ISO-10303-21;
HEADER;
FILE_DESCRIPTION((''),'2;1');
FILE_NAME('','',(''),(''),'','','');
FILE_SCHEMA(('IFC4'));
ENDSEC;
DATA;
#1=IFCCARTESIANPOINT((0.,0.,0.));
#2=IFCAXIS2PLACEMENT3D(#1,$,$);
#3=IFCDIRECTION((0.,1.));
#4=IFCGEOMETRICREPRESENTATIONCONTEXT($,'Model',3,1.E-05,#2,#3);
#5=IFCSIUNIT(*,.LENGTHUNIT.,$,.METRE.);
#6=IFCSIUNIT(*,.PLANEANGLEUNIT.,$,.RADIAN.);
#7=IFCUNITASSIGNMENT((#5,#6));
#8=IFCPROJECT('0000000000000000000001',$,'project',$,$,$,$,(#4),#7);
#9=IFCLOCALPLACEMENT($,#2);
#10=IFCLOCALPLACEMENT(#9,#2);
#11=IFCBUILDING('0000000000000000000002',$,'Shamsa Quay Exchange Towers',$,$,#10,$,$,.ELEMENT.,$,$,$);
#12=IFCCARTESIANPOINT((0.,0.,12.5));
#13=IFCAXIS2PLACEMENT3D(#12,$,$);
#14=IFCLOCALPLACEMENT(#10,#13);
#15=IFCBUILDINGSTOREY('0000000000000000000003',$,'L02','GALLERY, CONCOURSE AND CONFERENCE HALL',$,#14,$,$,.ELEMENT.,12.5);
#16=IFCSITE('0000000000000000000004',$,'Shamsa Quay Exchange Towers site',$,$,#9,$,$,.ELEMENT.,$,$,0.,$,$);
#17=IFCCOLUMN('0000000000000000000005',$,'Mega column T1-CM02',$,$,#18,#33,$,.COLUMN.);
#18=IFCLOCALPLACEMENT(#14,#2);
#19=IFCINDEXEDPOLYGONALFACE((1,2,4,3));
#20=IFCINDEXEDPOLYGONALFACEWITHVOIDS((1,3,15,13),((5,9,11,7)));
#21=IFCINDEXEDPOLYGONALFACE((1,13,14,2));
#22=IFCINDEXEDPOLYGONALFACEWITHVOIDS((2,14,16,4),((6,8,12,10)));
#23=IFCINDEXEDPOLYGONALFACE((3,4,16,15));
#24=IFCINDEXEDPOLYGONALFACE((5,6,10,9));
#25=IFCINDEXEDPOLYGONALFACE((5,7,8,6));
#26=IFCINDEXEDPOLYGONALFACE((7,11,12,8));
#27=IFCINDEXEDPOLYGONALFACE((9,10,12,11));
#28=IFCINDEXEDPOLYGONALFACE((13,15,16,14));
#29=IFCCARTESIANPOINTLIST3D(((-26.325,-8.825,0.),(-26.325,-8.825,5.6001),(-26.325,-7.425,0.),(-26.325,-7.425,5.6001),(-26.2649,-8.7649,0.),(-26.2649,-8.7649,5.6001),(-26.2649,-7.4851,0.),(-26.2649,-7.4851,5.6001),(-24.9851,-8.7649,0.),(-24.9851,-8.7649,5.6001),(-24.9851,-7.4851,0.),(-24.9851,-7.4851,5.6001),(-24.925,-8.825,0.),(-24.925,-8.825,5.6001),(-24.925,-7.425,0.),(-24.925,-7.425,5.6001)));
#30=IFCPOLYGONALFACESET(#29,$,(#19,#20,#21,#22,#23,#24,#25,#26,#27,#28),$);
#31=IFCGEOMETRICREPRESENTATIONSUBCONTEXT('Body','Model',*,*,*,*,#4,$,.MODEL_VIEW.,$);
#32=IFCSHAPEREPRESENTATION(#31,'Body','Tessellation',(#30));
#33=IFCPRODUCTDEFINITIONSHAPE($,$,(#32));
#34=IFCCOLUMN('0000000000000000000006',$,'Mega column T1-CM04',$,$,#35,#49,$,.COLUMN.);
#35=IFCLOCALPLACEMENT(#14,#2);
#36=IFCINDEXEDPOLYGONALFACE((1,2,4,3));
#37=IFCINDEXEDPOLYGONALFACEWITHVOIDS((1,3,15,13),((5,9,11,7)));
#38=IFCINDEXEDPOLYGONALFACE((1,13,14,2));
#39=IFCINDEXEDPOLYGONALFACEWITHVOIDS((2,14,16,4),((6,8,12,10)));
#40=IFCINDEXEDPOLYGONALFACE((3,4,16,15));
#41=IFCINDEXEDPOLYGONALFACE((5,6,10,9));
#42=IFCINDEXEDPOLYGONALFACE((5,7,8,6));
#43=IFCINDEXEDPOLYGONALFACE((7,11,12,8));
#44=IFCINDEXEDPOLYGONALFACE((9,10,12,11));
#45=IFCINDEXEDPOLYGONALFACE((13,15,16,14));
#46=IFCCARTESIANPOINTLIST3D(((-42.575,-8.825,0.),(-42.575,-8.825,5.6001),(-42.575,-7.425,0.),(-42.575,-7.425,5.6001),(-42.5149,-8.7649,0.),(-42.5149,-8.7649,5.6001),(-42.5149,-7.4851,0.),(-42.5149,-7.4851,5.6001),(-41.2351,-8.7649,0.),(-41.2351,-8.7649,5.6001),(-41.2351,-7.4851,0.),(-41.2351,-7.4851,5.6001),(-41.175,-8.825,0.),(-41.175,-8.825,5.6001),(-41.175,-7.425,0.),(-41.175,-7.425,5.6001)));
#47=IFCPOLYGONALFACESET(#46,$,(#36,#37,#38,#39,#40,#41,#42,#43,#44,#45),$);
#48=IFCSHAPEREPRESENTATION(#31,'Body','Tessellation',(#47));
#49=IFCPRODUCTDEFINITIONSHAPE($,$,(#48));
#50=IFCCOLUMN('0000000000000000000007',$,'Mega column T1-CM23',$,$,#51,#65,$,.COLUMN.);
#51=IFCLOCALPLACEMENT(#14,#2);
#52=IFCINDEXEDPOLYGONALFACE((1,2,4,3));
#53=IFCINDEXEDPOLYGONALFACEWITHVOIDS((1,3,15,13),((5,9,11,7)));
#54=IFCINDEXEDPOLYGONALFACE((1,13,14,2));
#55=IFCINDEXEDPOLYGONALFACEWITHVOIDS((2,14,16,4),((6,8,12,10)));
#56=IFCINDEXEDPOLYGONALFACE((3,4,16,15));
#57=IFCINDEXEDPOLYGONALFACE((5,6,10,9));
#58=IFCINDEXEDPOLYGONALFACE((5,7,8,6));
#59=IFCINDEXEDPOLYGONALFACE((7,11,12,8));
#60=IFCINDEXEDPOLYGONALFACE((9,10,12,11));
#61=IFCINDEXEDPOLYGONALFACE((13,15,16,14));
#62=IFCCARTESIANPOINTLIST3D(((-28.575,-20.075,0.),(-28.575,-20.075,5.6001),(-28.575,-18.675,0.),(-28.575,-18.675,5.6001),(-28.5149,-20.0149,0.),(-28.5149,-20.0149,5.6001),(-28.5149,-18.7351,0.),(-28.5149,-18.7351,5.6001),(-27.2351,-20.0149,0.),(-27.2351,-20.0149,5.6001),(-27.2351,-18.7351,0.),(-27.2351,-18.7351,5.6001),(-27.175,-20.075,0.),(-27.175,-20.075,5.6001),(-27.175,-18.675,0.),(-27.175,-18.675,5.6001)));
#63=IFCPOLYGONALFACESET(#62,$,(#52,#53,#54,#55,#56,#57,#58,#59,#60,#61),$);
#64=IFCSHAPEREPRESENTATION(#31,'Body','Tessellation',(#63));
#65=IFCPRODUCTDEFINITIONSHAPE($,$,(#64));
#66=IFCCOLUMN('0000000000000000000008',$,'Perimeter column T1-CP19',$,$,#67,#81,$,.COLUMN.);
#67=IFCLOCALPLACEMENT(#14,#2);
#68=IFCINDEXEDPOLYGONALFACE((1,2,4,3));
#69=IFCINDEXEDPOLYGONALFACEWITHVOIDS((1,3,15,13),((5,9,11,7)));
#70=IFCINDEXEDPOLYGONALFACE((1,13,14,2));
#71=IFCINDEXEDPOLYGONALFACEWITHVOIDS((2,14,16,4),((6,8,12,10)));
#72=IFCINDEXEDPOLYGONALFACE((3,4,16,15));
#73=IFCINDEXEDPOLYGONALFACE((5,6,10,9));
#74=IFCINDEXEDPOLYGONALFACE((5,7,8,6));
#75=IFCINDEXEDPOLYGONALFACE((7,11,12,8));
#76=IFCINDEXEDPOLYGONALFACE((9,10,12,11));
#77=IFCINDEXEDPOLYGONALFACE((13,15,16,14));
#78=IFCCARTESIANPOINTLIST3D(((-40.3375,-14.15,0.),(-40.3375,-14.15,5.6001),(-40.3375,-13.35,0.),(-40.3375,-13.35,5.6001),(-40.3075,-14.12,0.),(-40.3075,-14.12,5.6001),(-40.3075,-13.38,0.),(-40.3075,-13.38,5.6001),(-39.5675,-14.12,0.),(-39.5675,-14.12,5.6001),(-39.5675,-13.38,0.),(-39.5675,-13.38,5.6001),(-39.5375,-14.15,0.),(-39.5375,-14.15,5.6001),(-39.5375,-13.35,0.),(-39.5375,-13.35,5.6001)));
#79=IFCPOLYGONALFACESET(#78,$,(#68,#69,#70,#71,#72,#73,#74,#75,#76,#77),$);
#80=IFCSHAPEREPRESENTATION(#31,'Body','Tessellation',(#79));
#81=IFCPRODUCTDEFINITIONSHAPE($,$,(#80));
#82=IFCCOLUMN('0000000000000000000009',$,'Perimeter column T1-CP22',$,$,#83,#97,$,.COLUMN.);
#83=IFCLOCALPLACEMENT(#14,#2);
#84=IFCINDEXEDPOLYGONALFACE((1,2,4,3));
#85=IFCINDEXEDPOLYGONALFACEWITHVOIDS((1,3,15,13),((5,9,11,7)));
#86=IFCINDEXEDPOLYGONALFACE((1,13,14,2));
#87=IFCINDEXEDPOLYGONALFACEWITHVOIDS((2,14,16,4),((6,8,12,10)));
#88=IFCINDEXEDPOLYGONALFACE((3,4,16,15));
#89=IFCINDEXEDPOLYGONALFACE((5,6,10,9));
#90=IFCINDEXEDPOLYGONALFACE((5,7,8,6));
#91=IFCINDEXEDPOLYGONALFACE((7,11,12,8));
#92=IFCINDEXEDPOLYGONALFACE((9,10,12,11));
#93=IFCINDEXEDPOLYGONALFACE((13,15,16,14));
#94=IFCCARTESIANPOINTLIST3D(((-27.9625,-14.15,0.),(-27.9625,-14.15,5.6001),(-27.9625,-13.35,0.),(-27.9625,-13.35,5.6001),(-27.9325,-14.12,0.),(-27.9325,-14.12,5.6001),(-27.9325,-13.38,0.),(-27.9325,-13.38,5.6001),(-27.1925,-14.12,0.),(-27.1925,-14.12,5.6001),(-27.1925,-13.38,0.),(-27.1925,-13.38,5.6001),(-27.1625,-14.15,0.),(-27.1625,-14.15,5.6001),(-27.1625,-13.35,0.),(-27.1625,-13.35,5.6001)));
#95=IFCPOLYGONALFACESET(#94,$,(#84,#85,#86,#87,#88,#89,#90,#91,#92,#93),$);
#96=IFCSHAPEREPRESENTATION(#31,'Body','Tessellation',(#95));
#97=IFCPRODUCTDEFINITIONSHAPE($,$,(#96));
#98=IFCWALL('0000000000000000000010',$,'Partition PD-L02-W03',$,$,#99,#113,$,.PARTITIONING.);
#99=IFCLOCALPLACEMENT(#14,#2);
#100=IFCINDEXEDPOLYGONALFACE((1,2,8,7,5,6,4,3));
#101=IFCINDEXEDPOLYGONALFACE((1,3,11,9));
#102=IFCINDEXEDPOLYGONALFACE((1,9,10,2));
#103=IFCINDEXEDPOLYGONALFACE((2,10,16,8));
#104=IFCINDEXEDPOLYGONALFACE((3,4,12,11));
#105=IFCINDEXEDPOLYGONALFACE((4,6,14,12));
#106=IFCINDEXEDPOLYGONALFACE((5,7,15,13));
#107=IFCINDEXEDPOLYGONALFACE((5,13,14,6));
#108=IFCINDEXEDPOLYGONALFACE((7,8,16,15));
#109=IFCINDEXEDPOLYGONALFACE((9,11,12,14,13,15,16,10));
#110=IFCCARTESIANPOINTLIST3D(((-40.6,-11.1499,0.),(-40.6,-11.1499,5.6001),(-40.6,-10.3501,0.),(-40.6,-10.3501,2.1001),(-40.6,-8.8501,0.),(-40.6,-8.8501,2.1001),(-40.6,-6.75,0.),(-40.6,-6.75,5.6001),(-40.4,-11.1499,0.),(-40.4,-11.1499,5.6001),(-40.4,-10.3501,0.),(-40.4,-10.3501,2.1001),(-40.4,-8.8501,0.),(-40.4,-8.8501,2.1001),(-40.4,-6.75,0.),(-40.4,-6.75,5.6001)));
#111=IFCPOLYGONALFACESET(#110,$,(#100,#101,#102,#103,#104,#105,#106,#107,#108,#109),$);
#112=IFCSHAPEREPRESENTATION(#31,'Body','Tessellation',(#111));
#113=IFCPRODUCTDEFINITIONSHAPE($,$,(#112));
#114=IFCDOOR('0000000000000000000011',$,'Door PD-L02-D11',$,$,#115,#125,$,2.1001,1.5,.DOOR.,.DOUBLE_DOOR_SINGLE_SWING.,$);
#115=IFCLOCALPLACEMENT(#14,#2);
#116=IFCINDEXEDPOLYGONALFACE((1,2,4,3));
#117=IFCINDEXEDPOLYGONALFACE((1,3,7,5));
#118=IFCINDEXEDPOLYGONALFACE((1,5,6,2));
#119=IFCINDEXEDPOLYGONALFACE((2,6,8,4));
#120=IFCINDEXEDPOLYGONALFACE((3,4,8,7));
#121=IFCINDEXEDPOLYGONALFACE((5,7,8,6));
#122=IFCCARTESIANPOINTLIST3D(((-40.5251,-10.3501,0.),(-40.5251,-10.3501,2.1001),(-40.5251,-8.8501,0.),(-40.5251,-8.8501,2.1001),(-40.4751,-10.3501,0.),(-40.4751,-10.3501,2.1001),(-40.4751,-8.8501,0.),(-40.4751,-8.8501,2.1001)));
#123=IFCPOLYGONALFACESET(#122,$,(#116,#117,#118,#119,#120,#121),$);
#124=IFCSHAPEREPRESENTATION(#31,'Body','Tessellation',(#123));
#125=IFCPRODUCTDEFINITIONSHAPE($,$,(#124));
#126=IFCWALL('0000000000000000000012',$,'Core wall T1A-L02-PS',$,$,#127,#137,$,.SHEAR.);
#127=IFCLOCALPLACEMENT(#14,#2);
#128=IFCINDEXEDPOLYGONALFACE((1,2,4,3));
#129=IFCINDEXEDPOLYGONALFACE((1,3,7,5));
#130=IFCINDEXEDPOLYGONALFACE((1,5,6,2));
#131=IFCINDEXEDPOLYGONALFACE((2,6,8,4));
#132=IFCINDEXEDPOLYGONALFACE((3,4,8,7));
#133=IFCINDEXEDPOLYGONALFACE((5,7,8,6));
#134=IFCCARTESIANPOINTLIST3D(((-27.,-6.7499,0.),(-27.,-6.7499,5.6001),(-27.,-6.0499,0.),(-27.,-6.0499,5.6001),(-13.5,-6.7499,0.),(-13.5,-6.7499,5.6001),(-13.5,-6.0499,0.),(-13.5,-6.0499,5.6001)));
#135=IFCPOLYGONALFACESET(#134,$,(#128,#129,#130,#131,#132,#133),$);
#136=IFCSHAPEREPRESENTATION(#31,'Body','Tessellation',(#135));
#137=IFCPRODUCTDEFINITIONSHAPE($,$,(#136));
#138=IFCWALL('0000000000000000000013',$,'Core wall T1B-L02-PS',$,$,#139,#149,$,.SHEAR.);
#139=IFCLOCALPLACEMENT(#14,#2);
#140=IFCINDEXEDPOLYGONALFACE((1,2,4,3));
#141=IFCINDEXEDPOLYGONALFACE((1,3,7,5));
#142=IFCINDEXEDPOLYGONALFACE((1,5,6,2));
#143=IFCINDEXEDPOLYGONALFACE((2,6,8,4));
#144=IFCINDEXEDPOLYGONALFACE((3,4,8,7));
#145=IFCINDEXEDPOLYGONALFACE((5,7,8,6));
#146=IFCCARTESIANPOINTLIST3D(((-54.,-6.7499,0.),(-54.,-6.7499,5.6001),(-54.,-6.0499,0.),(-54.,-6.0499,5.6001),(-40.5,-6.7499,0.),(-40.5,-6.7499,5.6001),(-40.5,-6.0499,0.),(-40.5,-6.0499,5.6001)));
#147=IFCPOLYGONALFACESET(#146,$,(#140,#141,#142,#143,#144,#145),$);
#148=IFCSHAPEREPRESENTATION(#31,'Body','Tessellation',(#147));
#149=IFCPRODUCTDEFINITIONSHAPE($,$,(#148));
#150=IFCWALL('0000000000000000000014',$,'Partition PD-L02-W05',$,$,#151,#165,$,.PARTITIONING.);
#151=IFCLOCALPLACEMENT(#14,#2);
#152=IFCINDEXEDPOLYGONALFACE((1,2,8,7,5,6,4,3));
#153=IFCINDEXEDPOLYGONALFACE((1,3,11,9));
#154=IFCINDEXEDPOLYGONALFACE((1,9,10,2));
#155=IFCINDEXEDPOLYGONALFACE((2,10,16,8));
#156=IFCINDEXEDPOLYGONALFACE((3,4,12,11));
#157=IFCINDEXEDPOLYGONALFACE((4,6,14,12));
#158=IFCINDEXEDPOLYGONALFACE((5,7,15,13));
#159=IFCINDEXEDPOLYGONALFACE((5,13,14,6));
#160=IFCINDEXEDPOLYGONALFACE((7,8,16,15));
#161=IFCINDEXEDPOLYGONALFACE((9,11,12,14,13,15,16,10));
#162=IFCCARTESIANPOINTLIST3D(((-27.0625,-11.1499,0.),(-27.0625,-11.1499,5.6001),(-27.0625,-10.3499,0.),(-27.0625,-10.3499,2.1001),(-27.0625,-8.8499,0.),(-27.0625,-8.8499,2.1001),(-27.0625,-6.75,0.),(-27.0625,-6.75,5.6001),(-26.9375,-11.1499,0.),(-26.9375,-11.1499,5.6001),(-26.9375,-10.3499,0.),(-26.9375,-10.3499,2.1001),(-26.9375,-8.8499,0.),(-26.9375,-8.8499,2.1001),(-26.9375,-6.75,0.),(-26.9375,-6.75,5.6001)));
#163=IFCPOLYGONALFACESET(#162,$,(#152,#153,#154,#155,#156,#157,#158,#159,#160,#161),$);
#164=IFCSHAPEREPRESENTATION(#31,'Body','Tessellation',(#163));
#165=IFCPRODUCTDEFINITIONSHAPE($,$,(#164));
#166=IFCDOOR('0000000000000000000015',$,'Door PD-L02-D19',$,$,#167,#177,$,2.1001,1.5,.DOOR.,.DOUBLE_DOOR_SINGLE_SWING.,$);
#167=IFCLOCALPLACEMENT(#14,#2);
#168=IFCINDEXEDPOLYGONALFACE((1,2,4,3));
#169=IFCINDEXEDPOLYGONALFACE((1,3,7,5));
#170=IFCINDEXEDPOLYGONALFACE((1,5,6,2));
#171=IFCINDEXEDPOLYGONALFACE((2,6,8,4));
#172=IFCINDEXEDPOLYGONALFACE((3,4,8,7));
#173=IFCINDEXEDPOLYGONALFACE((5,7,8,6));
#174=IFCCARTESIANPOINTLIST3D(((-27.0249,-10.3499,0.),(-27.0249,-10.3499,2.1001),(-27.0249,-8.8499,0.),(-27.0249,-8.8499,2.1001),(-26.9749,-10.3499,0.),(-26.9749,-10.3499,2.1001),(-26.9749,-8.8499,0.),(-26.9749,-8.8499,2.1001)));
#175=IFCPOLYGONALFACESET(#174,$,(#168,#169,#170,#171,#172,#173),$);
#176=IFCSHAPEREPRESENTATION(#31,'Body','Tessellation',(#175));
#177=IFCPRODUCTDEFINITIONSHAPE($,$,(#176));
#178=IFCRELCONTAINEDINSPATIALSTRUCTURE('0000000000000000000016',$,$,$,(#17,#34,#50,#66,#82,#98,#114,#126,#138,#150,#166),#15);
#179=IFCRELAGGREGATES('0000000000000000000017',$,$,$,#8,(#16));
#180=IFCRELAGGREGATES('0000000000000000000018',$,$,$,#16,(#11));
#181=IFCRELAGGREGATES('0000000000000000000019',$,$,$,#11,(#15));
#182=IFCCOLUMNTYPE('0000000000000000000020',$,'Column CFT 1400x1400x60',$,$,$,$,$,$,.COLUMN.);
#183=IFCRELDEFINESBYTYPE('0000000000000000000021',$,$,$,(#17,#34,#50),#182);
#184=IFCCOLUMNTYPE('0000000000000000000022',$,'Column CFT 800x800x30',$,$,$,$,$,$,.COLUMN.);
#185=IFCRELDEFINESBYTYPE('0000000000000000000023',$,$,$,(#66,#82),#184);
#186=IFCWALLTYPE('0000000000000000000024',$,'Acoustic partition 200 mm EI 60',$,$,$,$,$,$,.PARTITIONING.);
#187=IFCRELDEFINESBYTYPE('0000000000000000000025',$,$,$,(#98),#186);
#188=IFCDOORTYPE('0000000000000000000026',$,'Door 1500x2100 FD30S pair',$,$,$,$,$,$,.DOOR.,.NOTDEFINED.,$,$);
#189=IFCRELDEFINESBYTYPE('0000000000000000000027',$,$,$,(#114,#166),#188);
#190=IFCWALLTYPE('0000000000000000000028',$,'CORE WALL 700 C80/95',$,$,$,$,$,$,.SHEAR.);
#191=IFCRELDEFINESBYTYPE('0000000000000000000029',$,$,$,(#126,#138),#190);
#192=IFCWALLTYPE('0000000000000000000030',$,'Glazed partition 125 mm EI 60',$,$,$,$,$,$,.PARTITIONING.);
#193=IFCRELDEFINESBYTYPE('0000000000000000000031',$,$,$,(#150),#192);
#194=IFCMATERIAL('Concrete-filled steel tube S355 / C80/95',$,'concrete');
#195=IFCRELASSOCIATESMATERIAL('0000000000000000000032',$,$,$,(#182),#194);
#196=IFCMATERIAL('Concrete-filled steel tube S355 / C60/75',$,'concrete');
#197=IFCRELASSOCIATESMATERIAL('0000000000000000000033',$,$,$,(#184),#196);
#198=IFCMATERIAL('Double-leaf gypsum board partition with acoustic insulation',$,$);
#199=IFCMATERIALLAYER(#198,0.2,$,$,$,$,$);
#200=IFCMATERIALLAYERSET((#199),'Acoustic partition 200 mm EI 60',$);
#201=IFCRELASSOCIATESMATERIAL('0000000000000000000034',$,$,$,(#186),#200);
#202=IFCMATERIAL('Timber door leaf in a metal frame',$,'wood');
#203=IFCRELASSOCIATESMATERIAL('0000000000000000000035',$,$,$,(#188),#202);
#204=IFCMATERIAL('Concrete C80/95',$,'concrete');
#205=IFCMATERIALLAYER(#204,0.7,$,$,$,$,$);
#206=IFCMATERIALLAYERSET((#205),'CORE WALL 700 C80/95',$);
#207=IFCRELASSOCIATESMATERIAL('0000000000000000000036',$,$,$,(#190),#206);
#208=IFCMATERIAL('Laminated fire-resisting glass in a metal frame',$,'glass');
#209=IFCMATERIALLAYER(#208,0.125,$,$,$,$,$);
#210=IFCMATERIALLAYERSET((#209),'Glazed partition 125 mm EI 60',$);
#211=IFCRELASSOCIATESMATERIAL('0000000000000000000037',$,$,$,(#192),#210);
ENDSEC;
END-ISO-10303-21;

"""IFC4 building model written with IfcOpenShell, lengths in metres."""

from ifc_helpers import new_model, si_unit, direction, frame, frame_2d, origin, origin_2d, place, context, subcontext, project, spatial, rectangle, hollow_rectangle, extrude, material, layer, layer_set, material_profile, profile_set, type_object, element, fill, save


model = new_model("IFC4")

# Units and contexts
model_context = context("Model", 3, precision=1e-05, world=origin(), true_north=direction((0.0, 1.0)))
body_context = subcontext(model_context, "Body", "Model", "MODEL_VIEW")
ifc_project = project(units=[si_unit("LENGTHUNIT", "METRE"), si_unit("PLANEANGLEUNIT", "RADIAN")], contexts=[model_context])

# Site, building, storey
site_placement = place(None, origin())
site = spatial("IfcSite", under=ifc_project, at=site_placement, Name="Shamsa Quay Exchange Towers site", CompositionType="ELEMENT", RefElevation=0.0)
building_placement = place(site_placement, origin())
building = spatial("IfcBuilding", under=site, at=building_placement, Name="Shamsa Quay Exchange Towers", CompositionType="ELEMENT")
storey_placement = place(building_placement, frame((0.0, 0.0, 12.5)))
storey = spatial("IfcBuildingStorey", under=building, at=storey_placement, Name="L02", Description="GALLERY, CONCOURSE AND CONFERENCE HALL", CompositionType="ELEMENT", Elevation=12.5)

# Columns
ifc_material_1 = material(Name="Concrete-filled steel tube S355 / C80/95", Category="concrete")
ifc_material_profile_1 = material_profile(ifc_material_1, hollow_rectangle(XDim=1.3999, YDim=1.3999, WallThickness=0.0601, at=origin_2d()), Name="CFT 1400x1400x60")
ifc_profile_set_1 = profile_set([ifc_material_profile_1], Name="Concrete-filled steel tube S355 / C80/95")
column_type_1 = type_object("IfcColumnType", Name="Column CFT 1400x1400x60", PredefinedType="COLUMN", material=ifc_profile_set_1)
for number, where, name in (
    (1, (-25.625, -8.125, 0.0), "Mega column T1-CM02"),
    (2, (-41.875, -8.125, 0.0), "Mega column T1-CM04"),
    (3, (-27.875, -19.375, 0.0), "Mega column T1-CM23"),
):
    element("IfcColumn", number, at=place(storey_placement, frame(where)), inside=storey, type_object=column_type_1, Name=name, PredefinedType="COLUMN", context=body_context, shape_type="SweptSolid", body=[
        extrude(hollow_rectangle(XDim=1.3999, YDim=1.3999, WallThickness=0.0601, at=origin_2d()), origin(), (0.0, 0.0, 1.0), 5.6001),
    ])
ifc_material_2 = material(Name="Concrete-filled steel tube S355 / C60/75", Category="concrete")
ifc_material_profile_2 = material_profile(ifc_material_2, hollow_rectangle(XDim=0.8, YDim=0.8, WallThickness=0.03, at=origin_2d()), Name="CFT 800x800x30")
ifc_profile_set_2 = profile_set([ifc_material_profile_2], Name="Concrete-filled steel tube S355 / C60/75")
column_type_2 = type_object("IfcColumnType", Name="Column CFT 800x800x30", PredefinedType="COLUMN", material=ifc_profile_set_2)
for number, where, name in (
    (4, (-39.9375, -13.75, 0.0), "Perimeter column T1-CP19"),
    (5, (-27.5625, -13.75, 0.0), "Perimeter column T1-CP22"),
):
    element("IfcColumn", number, at=place(storey_placement, frame(where)), inside=storey, type_object=column_type_2, Name=name, PredefinedType="COLUMN", context=body_context, shape_type="SweptSolid", body=[
        extrude(hollow_rectangle(XDim=0.8, YDim=0.8, WallThickness=0.03, at=origin_2d()), origin(), (0.0, 0.0, 1.0), 5.6001),
    ])

# Wall, opening, door
ifc_material_3 = material(Name="Double-leaf gypsum board partition with acoustic insulation")
ifc_layer_1 = layer(ifc_material_3, 0.2)
ifc_layer_set_1 = layer_set([ifc_layer_1], Name="Acoustic partition 200 mm EI 60")
wall_type_1 = type_object("IfcWallType", Name="Acoustic partition 200 mm EI 60", PredefinedType="PARTITIONING", material=ifc_layer_set_1)
wall_1_placement = place(storey_placement, frame((-40.5, -6.75, 0.0), z_axis=(0.0, 0.0, 1.0), x_axis=(0.0, -1.0, 0.0)))
wall_1 = element("IfcWall", 6, at=wall_1_placement, inside=storey, type_object=wall_type_1, Name="Partition PD-L02-W03", PredefinedType="PARTITIONING", context=body_context, shape_type="SweptSolid", body=[
    extrude(rectangle(XDim=4.3999, YDim=0.2, at=frame_2d((2.2, 0.0))), origin(), (0.0, 0.0, 1.0), 5.6001),
])
opening_1_placement = place(wall_1_placement, frame((2.1001, 0.0, 0.0)))
opening_1 = element("IfcOpeningElement", 7, at=opening_1_placement, cuts=wall_1, PredefinedType="OPENING", context=body_context, shape_type="SweptSolid", body=[
    extrude(rectangle(XDim=1.5, YDim=2.1001, at=frame_2d((0.75, 1.05))), frame((0.0, 0.1099, 0.0), z_axis=(0.0, -1.0, 0.0), x_axis=(1.0, 0.0, 0.0)), (0.0, 0.0, 1.0), 0.22),
])
ifc_material_4 = material(Name="Timber door leaf in a metal frame", Category="wood")
door_type_1 = type_object("IfcDoorType", Name="Door 1500x2100 FD30S pair", OperationType="NOTDEFINED", PredefinedType="DOOR", material=ifc_material_4)
door_1_placement = place(opening_1_placement, origin())
door_1 = element("IfcDoor", 8, at=door_1_placement, inside=storey, type_object=door_type_1, Name="Door PD-L02-D11", OperationType="DOUBLE_DOOR_SINGLE_SWING", OverallHeight=2.1001, OverallWidth=1.5, PredefinedType="DOOR", context=body_context, shape_type="SweptSolid", body=[
    extrude(rectangle(XDim=1.5, YDim=2.1001, at=frame_2d((0.75, 1.05))), frame((0.0, 0.0249, 0.0), z_axis=(0.0, -1.0, 0.0), x_axis=(1.0, 0.0, 0.0)), (0.0, 0.0, 1.0), 0.05),
])
fill(opening_1, door_1)

# Walls
ifc_material_5 = material(Name="Concrete C80/95", Category="concrete")
ifc_layer_2 = layer(ifc_material_5, 0.7)
ifc_layer_set_2 = layer_set([ifc_layer_2], Name="CORE WALL 700 C80/95")
wall_type_2 = type_object("IfcWallType", Name="CORE WALL 700 C80/95", PredefinedType="SHEAR", material=ifc_layer_set_2)
wall_2_placement = place(storey_placement, frame((-27.0, -6.3999, 0.0)))
element("IfcWall", 9, at=wall_2_placement, inside=storey, type_object=wall_type_2, Name="Core wall T1A-L02-PS", PredefinedType="SHEAR", context=body_context, shape_type="SweptSolid", body=[
    extrude(rectangle(XDim=13.5, YDim=0.7, at=frame_2d((6.75, 0.0))), origin(), (0.0, 0.0, 1.0), 5.6001),
])
wall_3_placement = place(storey_placement, frame((-40.5, -6.3999, 0.0), z_axis=(0.0, 0.0, 1.0), x_axis=(-1.0, 0.0, 0.0)))
element("IfcWall", 10, at=wall_3_placement, inside=storey, type_object=wall_type_2, Name="Core wall T1B-L02-PS", PredefinedType="SHEAR", context=body_context, shape_type="SweptSolid", body=[
    extrude(rectangle(XDim=13.5, YDim=0.7, at=frame_2d((6.75, 0.0))), origin(), (0.0, 0.0, 1.0), 5.6001),
])

# Wall, opening, door
ifc_material_6 = material(Name="Laminated fire-resisting glass in a metal frame", Category="glass")
ifc_layer_3 = layer(ifc_material_6, 0.125)
ifc_layer_set_3 = layer_set([ifc_layer_3], Name="Glazed partition 125 mm EI 60")
wall_type_3 = type_object("IfcWallType", Name="Glazed partition 125 mm EI 60", PredefinedType="PARTITIONING", material=ifc_layer_set_3)
wall_4_placement = place(storey_placement, frame((-27.0, -11.1499, 0.0), z_axis=(0.0, 0.0, 1.0), x_axis=(0.0, 1.0, 0.0)))
wall_4 = element("IfcWall", 11, at=wall_4_placement, inside=storey, type_object=wall_type_3, Name="Partition PD-L02-W05", PredefinedType="PARTITIONING", context=body_context, shape_type="SweptSolid", body=[
    extrude(rectangle(XDim=4.3999, YDim=0.125, at=frame_2d((2.2, 0.0))), origin(), (0.0, 0.0, 1.0), 5.6001),
])
opening_2_placement = place(wall_4_placement, frame((0.8, 0.0, 0.0)))
opening_2 = element("IfcOpeningElement", 12, at=opening_2_placement, cuts=wall_4, PredefinedType="OPENING", context=body_context, shape_type="SweptSolid", body=[
    extrude(rectangle(XDim=1.5, YDim=2.1001, at=frame_2d((0.75, 1.05))), frame((0.0, 0.0725, 0.0), z_axis=(0.0, -1.0, 0.0), x_axis=(1.0, 0.0, 0.0)), (0.0, 0.0, 1.0), 0.145),
])
door_2_placement = place(opening_2_placement, origin())
door_2 = element("IfcDoor", 13, at=door_2_placement, inside=storey, type_object=door_type_1, Name="Door PD-L02-D19", OperationType="DOUBLE_DOOR_SINGLE_SWING", OverallHeight=2.1001, OverallWidth=1.5, PredefinedType="DOOR", context=body_context, shape_type="SweptSolid", body=[
    extrude(rectangle(XDim=1.5, YDim=2.1001, at=frame_2d((0.75, 1.05))), frame((0.0, 0.0249, 0.0), z_axis=(0.0, -1.0, 0.0), x_axis=(1.0, 0.0, 0.0)), (0.0, 0.0, 1.0), 0.05),
])
fill(opening_2, door_2)

save(model, "model.ifc")
